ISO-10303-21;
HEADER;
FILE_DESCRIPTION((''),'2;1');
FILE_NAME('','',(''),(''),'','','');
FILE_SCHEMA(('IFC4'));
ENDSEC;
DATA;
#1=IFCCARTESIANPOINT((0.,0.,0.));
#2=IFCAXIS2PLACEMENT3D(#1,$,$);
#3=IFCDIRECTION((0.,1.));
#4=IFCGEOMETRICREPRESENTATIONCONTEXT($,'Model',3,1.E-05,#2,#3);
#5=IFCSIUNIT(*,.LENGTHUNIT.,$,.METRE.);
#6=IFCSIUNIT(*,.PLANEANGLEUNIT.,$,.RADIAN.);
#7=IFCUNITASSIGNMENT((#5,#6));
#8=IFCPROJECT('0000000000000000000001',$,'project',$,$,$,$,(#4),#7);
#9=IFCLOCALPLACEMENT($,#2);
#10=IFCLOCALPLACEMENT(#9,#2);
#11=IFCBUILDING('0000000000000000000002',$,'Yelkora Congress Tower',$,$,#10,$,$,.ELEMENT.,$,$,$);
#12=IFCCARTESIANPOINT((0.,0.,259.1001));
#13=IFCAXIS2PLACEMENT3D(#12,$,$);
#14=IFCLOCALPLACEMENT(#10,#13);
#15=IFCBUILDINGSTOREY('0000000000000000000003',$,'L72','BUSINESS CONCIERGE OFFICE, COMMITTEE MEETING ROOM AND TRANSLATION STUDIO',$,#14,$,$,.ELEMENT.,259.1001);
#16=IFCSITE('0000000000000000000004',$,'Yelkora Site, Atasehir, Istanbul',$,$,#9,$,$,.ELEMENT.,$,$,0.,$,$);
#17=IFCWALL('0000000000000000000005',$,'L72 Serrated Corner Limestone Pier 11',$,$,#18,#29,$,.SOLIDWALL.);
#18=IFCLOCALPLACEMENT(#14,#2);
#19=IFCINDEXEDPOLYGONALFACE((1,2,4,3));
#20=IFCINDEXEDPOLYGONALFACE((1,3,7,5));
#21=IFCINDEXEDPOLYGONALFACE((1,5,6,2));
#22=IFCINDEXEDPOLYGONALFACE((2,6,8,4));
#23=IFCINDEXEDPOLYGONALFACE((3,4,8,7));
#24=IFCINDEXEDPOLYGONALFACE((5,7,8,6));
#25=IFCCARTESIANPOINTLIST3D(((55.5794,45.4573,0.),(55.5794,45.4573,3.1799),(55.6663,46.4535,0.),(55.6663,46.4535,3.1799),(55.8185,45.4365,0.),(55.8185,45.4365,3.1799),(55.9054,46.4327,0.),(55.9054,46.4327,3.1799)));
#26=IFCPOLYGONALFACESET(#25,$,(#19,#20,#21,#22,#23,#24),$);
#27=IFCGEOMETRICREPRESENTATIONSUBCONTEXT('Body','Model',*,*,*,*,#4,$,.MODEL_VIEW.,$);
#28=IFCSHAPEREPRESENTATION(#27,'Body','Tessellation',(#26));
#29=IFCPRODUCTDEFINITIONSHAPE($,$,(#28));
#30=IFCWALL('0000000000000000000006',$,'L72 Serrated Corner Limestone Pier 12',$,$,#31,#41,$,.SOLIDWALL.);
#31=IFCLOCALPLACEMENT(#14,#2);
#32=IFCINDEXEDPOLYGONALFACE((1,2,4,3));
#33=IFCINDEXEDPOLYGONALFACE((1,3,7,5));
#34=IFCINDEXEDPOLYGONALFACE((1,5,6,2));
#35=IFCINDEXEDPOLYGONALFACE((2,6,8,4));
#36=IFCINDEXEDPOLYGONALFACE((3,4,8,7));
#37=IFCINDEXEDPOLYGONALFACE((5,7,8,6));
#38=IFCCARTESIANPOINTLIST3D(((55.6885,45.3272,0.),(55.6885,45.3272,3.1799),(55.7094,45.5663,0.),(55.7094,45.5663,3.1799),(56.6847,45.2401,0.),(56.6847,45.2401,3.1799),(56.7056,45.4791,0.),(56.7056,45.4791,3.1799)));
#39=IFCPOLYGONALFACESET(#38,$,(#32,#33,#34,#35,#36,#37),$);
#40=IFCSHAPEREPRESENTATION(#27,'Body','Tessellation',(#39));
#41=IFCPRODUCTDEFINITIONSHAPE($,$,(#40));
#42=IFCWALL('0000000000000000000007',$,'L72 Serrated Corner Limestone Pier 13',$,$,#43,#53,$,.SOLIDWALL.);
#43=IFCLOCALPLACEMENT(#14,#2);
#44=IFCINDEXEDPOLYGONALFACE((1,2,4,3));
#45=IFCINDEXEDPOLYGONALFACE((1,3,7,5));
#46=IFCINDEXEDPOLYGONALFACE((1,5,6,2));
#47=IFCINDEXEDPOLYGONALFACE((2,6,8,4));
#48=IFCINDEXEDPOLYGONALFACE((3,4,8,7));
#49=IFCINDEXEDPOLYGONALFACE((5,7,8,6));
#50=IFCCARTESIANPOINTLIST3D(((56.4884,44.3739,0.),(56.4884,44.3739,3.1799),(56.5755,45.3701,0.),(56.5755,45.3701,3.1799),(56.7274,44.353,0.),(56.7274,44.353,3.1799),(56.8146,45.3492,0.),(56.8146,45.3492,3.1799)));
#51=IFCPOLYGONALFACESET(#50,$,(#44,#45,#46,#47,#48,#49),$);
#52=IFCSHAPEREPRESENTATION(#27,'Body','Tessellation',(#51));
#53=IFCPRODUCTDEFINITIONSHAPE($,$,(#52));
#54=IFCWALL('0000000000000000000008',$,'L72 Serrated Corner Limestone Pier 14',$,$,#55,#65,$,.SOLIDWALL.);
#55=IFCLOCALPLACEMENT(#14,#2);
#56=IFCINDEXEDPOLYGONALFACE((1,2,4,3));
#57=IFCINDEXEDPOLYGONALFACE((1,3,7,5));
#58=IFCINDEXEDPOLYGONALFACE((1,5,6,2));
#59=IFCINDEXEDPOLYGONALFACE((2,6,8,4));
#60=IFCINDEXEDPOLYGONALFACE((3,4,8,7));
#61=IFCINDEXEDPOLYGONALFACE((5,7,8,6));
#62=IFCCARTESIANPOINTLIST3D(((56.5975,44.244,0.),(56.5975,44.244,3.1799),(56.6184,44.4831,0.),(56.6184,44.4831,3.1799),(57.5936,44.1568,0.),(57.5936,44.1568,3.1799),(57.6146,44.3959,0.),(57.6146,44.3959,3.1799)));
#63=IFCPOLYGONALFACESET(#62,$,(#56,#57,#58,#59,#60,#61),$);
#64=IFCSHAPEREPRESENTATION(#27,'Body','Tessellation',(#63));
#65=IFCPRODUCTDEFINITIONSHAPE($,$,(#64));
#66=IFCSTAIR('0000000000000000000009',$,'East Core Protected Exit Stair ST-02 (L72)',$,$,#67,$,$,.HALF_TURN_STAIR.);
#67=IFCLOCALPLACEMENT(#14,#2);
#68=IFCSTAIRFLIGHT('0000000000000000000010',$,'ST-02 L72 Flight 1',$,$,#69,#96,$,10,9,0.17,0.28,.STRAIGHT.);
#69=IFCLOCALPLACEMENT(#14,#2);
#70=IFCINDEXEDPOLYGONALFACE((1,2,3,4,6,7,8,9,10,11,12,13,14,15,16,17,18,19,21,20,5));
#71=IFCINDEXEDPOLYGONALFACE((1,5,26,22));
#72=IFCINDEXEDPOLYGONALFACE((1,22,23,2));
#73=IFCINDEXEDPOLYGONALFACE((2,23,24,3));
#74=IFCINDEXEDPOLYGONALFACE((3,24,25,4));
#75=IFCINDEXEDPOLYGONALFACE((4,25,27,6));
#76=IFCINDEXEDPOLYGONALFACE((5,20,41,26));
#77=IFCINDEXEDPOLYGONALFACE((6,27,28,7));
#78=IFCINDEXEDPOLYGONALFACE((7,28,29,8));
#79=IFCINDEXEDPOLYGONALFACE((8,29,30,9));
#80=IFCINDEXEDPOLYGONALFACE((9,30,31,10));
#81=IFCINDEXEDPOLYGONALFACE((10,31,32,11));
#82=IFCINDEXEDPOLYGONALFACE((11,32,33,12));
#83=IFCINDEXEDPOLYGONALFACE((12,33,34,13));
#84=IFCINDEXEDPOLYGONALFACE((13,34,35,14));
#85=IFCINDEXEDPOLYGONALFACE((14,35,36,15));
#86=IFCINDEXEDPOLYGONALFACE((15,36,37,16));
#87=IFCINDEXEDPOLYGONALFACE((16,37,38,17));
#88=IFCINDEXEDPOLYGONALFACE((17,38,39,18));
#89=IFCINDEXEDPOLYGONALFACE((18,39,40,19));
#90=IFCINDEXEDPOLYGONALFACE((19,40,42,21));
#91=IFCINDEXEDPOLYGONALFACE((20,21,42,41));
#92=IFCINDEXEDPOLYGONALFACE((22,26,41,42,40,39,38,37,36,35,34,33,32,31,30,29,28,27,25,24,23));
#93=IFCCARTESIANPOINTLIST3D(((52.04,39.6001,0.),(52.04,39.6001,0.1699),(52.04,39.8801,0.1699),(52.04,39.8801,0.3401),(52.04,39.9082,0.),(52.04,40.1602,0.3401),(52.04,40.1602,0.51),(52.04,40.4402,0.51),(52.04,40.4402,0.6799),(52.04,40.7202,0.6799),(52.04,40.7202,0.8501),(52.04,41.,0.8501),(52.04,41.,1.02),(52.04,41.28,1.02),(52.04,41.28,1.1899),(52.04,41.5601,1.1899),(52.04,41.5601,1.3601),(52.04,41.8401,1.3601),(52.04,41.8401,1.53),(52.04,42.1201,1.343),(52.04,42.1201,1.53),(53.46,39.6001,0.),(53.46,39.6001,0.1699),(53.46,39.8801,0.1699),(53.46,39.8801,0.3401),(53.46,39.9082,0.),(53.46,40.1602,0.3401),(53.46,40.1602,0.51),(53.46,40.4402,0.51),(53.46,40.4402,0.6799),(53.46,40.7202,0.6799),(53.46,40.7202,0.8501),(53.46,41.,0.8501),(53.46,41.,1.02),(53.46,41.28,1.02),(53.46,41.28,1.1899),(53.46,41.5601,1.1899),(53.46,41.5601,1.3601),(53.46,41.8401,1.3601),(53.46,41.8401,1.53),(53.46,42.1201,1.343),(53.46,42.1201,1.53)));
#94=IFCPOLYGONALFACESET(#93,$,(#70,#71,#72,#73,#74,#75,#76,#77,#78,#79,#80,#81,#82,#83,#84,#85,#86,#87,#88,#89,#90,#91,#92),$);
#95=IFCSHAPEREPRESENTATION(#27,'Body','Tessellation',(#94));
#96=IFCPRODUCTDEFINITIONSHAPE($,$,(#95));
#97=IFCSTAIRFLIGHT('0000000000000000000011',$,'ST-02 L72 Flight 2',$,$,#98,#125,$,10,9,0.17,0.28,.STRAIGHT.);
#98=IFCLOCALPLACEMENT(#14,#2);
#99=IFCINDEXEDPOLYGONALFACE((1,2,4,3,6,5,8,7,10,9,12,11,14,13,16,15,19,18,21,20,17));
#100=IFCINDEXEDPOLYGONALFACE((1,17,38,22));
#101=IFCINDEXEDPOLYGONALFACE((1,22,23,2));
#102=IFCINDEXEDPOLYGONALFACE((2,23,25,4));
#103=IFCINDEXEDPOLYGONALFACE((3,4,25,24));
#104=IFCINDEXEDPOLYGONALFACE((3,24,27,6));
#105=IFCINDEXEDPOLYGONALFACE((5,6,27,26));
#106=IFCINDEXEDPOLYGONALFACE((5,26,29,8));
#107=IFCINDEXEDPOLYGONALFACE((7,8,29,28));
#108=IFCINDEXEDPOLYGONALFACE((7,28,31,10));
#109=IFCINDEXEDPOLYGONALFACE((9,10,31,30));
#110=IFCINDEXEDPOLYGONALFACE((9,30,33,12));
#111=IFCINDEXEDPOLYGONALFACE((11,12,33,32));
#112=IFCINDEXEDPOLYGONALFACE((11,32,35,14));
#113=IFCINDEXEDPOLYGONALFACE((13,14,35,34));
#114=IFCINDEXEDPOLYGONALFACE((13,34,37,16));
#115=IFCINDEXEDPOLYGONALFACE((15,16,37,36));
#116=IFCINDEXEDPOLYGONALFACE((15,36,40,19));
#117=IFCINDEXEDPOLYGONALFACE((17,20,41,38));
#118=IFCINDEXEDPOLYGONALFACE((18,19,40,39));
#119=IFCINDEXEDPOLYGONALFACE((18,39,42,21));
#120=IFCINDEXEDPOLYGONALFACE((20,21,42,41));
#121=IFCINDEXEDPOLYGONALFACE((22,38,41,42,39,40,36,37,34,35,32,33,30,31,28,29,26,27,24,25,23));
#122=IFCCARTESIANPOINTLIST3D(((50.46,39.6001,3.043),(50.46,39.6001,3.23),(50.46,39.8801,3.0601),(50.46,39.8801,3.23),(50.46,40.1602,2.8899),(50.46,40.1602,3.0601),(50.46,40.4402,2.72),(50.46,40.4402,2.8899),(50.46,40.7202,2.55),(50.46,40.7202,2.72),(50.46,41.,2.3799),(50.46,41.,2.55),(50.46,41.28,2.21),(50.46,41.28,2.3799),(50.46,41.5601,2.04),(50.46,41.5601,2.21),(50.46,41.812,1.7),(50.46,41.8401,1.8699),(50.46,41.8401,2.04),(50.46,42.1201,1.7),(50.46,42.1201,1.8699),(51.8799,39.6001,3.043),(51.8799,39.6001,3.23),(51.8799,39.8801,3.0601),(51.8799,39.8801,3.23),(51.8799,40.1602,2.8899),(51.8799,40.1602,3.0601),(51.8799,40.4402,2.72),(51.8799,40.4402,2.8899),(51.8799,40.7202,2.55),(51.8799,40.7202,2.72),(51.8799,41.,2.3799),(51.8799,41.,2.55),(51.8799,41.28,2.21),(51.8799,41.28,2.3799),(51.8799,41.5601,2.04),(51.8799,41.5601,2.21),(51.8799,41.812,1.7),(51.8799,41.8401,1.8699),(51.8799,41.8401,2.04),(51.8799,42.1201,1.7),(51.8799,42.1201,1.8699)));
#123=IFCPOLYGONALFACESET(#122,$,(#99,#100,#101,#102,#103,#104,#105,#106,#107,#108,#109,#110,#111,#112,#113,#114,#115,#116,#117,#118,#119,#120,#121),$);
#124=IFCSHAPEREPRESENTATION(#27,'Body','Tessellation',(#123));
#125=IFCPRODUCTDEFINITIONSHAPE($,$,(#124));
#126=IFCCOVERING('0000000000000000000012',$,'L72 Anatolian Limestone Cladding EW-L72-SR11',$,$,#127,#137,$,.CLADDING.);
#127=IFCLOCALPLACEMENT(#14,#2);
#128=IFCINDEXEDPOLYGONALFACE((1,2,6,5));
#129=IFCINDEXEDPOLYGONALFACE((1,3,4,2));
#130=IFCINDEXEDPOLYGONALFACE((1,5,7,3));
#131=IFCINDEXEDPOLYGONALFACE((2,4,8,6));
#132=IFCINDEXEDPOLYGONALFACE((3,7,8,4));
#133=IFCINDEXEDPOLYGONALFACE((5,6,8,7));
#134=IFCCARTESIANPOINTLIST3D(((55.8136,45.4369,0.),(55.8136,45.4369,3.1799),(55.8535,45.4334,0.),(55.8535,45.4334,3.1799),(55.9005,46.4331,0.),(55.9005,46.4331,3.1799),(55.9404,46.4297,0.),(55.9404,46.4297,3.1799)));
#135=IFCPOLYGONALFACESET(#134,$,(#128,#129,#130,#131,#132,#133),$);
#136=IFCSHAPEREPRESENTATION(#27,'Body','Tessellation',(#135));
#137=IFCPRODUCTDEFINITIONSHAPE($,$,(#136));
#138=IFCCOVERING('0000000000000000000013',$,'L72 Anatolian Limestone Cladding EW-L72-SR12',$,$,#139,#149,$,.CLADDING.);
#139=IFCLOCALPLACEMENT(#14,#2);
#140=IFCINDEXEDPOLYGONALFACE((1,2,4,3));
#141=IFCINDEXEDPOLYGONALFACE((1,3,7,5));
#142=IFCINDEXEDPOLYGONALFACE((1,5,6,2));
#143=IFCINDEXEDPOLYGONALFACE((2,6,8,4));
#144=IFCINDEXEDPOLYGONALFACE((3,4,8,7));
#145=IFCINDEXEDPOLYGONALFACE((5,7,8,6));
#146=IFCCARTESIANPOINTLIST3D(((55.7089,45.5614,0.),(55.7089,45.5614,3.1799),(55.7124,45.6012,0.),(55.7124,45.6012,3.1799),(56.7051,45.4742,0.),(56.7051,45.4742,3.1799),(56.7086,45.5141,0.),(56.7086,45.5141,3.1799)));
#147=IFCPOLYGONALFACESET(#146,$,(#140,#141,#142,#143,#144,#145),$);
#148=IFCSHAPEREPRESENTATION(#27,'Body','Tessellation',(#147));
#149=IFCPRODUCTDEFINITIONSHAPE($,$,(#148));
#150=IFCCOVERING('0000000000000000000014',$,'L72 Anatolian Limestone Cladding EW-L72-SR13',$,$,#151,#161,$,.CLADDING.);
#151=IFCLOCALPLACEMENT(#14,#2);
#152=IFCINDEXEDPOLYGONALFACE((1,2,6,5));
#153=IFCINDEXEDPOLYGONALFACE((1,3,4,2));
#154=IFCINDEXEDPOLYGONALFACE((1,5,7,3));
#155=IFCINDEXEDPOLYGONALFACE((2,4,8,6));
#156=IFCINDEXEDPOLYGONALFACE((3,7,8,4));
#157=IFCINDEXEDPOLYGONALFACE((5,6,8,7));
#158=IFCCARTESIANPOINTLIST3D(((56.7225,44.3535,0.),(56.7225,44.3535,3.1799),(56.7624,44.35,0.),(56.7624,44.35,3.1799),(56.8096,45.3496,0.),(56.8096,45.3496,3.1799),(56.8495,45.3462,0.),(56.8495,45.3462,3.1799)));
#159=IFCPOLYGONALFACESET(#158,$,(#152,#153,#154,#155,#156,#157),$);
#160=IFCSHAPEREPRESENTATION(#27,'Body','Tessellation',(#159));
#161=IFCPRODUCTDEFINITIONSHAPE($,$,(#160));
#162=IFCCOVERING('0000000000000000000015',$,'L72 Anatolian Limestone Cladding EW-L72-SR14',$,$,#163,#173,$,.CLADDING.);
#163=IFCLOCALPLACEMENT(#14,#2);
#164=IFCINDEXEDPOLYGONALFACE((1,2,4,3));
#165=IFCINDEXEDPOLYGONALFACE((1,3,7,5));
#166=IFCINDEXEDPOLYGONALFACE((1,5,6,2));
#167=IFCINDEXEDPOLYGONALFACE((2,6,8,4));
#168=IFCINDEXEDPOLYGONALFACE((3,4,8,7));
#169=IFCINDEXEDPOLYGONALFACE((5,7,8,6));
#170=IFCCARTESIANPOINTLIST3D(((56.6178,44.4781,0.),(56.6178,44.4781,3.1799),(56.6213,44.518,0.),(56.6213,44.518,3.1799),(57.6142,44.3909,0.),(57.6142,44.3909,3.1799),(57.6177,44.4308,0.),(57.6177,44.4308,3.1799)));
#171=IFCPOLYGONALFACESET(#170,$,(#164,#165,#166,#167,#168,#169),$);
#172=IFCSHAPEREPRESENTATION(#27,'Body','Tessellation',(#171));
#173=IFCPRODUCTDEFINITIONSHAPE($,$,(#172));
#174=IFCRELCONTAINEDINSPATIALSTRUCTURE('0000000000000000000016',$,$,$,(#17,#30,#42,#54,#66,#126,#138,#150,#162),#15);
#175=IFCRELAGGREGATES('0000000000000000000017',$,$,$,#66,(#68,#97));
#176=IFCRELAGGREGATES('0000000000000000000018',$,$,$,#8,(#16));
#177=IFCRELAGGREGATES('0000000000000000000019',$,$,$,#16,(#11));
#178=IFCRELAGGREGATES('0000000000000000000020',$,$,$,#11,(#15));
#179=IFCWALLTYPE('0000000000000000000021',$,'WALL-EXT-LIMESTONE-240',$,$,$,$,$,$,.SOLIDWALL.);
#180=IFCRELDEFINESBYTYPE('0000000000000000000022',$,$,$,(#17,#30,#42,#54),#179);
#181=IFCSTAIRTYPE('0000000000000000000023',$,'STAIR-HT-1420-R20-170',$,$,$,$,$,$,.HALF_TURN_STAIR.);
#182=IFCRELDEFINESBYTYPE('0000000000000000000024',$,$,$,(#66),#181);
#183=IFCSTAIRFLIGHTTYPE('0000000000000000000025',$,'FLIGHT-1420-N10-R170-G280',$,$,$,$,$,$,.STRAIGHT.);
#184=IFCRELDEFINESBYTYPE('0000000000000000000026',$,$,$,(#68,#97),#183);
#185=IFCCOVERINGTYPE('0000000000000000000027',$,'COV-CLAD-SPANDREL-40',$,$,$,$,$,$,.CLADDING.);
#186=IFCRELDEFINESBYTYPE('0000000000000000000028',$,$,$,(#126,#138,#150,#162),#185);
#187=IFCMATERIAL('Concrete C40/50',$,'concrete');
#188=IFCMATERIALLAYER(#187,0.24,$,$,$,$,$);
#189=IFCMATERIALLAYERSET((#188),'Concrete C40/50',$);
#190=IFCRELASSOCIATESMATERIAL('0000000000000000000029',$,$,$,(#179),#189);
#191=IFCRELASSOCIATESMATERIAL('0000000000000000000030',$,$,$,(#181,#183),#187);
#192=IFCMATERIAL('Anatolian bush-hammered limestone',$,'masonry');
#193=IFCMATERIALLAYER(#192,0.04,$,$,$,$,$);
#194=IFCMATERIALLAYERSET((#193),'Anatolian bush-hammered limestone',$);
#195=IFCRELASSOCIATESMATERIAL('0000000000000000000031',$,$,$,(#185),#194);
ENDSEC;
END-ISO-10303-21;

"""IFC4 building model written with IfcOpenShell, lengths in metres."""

from ifc_helpers import new_model, si_unit, direction, frame, frame_2d, origin, place, context, subcontext, project, spatial, polyline, rectangle, outline, extrude, material, layer, layer_set, type_object, element, aggregate, save


model = new_model("IFC4")

# Units and contexts
model_context = context("Model", 3, precision=1e-05, world=origin(), true_north=direction((0.0, 1.0)))
body_context = subcontext(model_context, "Body", "Model", "MODEL_VIEW")
ifc_project = project(units=[si_unit("LENGTHUNIT", "METRE"), si_unit("PLANEANGLEUNIT", "RADIAN")], contexts=[model_context])

# Site, building, storey
site_placement = place(None, origin())
site = spatial("IfcSite", under=ifc_project, at=site_placement, Name="Yelkora Site, Atasehir, Istanbul", CompositionType="ELEMENT", RefElevation=0.0)
building_placement = place(site_placement, origin())
building = spatial("IfcBuilding", under=site, at=building_placement, Name="Yelkora Congress Tower", CompositionType="ELEMENT")
storey_placement = place(building_placement, frame((0.0, 0.0, 259.1001)))
storey = spatial("IfcBuildingStorey", under=building, at=storey_placement, Name="L72", Description="BUSINESS CONCIERGE OFFICE, COMMITTEE MEETING ROOM AND TRANSLATION STUDIO", CompositionType="ELEMENT", Elevation=259.1001)

# Walls
ifc_material_1 = material(Name="Concrete C40/50", Category="concrete")
ifc_layer_1 = layer(ifc_material_1, 0.24)
ifc_layer_set_1 = layer_set([ifc_layer_1], Name="Concrete C40/50")
wall_type_1 = type_object("IfcWallType", Name="WALL-EXT-LIMESTONE-240", PredefinedType="SOLIDWALL", material=ifc_layer_set_1)
for number, where, z_axis, x_axis, name in (
    (1, (55.7859, 46.4431, 0.0), (0.0, 0.0, 1.0), (-0.086903, -0.996217, 0.0), "L72 Serrated Corner Limestone Pier 11"),
    (2, (55.699, 45.4468, 0.0), (0.0, 0.0, 1.0), (0.996194, -0.087167, 0.0), "L72 Serrated Corner Limestone Pier 12"),
    (3, (56.6951, 45.3596, 0.0), (0.0, 0.0, 1.0), (-0.087167, -0.996194, 0.0), "L72 Serrated Corner Limestone Pier 13"),
    (4, (56.6079, 44.3635, 0.0), (0.0, 0.0, 1.0), (0.996194, -0.087167, 0.0), "L72 Serrated Corner Limestone Pier 14"),
):
    element("IfcWall", number, at=place(storey_placement, frame(where, z_axis=z_axis, x_axis=x_axis)), inside=storey, type_object=wall_type_1, Name=name, PredefinedType="SOLIDWALL", context=body_context, shape_type="SweptSolid", body=[
        extrude(rectangle(XDim=1.0, YDim=0.24, at=frame_2d((0.5, 0.0))), origin(), (0.0, 0.0, 1.0), 3.1799),
    ])

# Stair, stair flights
stair_type = type_object("IfcStairType", Name="STAIR-HT-1420-R20-170", PredefinedType="HALF_TURN_STAIR", material=ifc_material_1)
stair_placement = place(storey_placement, origin())
stair = element("IfcStair", 5, at=stair_placement, inside=storey, type_object=stair_type, Name="East Core Protected Exit Stair ST-02 (L72)", PredefinedType="HALF_TURN_STAIR")
stair_flight_type = type_object("IfcStairFlightType", Name="FLIGHT-1420-N10-R170-G280", PredefinedType="STRAIGHT", material=ifc_material_1)
stair_flight_1_placement = place(storey_placement, frame((52.75, 39.6001, 0.0), z_axis=(0.0, 0.0, 1.0), x_axis=(0.0, 1.0, 0.0)))
stair_flight_1 = element("IfcStairFlight", 6, at=stair_flight_1_placement, type_object=stair_flight_type, Name="ST-02 L72 Flight 1", NumberOfRisers=10, NumberOfTreads=9, PredefinedType="STRAIGHT", RiserHeight=0.17, TreadLength=0.28, context=body_context, shape_type="SweptSolid", body=[
    extrude(outline(polyline([(0.0, 0.0), (0.0, 0.1699), (0.28, 0.1699), (0.28, 0.3401), (0.5601, 0.3401), (0.5601, 0.51), (0.8401, 0.51), (0.8401, 0.6799), (1.1201, 0.6799), (1.1201, 0.8501), (1.3999, 0.8501), (1.3999, 1.02), (1.6799, 1.02), (1.6799, 1.1899), (1.96, 1.1899), (1.96, 1.3601), (2.24, 1.3601), (2.24, 1.53), (2.52, 1.53), (2.52, 1.7), (2.52, 1.343), (0.3081, 0.0), (0.0, 0.0)])), frame((0.0, 0.71, 0.0), z_axis=(0.0, -1.0, 0.0), x_axis=(1.0, 0.0, 0.0)), (0.0, 0.0, 1.0), 1.4199),
])
stair_flight_2_placement = place(storey_placement, frame((51.1699, 42.1201, 1.7), z_axis=(0.0, 0.0, 1.0), x_axis=(0.0, -1.0, 0.0)))
stair_flight_2 = element("IfcStairFlight", 7, at=stair_flight_2_placement, type_object=stair_flight_type, Name="ST-02 L72 Flight 2", NumberOfRisers=10, NumberOfTreads=9, PredefinedType="STRAIGHT", RiserHeight=0.17, TreadLength=0.28, context=body_context, shape_type="SweptSolid", body=[
    extrude(outline(polyline([(0.0, 0.0), (0.0, 0.1699), (0.28, 0.1699), (0.28, 0.3401), (0.5601, 0.3401), (0.5601, 0.51), (0.8401, 0.51), (0.8401, 0.6799), (1.1201, 0.6799), (1.1201, 0.8501), (1.3999, 0.8501), (1.3999, 1.02), (1.6799, 1.02), (1.6799, 1.1899), (1.96, 1.1899), (1.96, 1.3601), (2.24, 1.3601), (2.24, 1.53), (2.52, 1.53), (2.52, 1.7), (2.52, 1.343), (0.3081, 0.0), (0.0, 0.0)])), frame((0.0, 0.71, 0.0), z_axis=(0.0, -1.0, 0.0), x_axis=(1.0, 0.0, 0.0)), (0.0, 0.0, 1.0), 1.4199),
])
aggregate(stair, [stair_flight_1, stair_flight_2])

# Coverings
ifc_material_2 = material(Name="Anatolian bush-hammered limestone", Category="masonry")
ifc_layer_2 = layer(ifc_material_2, 0.04)
ifc_layer_set_2 = layer_set([ifc_layer_2], Name="Anatolian bush-hammered limestone")
covering_type = type_object("IfcCoveringType", Name="COV-CLAD-SPANDREL-40", PredefinedType="CLADDING", material=ifc_layer_set_2)
for number, where, z_axis, x_axis, name in (
    (8, (55.9204, 46.4314, 0.0), (0.0, 0.0, 1.0), (-0.086903, -0.996217, 0.0), "L72 Anatolian Limestone Cladding EW-L72-SR11"),
    (9, (55.7107, 45.5813, 0.0), (0.0, 0.0, 1.0), (0.996194, -0.087167, 0.0), "L72 Anatolian Limestone Cladding EW-L72-SR12"),
    (10, (56.8296, 45.3479, 0.0), (0.0, 0.0, 1.0), (-0.087167, -0.996194, 0.0), "L72 Anatolian Limestone Cladding EW-L72-SR13"),
):
    element("IfcCovering", number, at=place(storey_placement, frame(where, z_axis=z_axis, x_axis=x_axis)), inside=storey, type_object=covering_type, Name=name, PredefinedType="CLADDING", context=body_context, shape_type="SweptSolid", body=[
        extrude(rectangle(XDim=1.0, YDim=0.04, at=frame_2d((0.5, 0.0))), origin(), (0.0, 0.0, 1.0), 3.1799),
    ])
covering_placement = place(storey_placement, frame((56.6196, 44.498, 0.0), z_axis=(0.0, 0.0, 1.0), x_axis=(0.996196, -0.087146, 0.0)))
element("IfcCovering", 11, at=covering_placement, inside=storey, type_object=covering_type, Name="L72 Anatolian Limestone Cladding EW-L72-SR14", PredefinedType="CLADDING", context=body_context, shape_type="SweptSolid", body=[
    extrude(rectangle(XDim=1.0002, YDim=0.04, at=frame_2d((0.5, 0.0))), origin(), (0.0, 0.0, 1.0), 3.1799),
])

save(model, "model.ifc")
